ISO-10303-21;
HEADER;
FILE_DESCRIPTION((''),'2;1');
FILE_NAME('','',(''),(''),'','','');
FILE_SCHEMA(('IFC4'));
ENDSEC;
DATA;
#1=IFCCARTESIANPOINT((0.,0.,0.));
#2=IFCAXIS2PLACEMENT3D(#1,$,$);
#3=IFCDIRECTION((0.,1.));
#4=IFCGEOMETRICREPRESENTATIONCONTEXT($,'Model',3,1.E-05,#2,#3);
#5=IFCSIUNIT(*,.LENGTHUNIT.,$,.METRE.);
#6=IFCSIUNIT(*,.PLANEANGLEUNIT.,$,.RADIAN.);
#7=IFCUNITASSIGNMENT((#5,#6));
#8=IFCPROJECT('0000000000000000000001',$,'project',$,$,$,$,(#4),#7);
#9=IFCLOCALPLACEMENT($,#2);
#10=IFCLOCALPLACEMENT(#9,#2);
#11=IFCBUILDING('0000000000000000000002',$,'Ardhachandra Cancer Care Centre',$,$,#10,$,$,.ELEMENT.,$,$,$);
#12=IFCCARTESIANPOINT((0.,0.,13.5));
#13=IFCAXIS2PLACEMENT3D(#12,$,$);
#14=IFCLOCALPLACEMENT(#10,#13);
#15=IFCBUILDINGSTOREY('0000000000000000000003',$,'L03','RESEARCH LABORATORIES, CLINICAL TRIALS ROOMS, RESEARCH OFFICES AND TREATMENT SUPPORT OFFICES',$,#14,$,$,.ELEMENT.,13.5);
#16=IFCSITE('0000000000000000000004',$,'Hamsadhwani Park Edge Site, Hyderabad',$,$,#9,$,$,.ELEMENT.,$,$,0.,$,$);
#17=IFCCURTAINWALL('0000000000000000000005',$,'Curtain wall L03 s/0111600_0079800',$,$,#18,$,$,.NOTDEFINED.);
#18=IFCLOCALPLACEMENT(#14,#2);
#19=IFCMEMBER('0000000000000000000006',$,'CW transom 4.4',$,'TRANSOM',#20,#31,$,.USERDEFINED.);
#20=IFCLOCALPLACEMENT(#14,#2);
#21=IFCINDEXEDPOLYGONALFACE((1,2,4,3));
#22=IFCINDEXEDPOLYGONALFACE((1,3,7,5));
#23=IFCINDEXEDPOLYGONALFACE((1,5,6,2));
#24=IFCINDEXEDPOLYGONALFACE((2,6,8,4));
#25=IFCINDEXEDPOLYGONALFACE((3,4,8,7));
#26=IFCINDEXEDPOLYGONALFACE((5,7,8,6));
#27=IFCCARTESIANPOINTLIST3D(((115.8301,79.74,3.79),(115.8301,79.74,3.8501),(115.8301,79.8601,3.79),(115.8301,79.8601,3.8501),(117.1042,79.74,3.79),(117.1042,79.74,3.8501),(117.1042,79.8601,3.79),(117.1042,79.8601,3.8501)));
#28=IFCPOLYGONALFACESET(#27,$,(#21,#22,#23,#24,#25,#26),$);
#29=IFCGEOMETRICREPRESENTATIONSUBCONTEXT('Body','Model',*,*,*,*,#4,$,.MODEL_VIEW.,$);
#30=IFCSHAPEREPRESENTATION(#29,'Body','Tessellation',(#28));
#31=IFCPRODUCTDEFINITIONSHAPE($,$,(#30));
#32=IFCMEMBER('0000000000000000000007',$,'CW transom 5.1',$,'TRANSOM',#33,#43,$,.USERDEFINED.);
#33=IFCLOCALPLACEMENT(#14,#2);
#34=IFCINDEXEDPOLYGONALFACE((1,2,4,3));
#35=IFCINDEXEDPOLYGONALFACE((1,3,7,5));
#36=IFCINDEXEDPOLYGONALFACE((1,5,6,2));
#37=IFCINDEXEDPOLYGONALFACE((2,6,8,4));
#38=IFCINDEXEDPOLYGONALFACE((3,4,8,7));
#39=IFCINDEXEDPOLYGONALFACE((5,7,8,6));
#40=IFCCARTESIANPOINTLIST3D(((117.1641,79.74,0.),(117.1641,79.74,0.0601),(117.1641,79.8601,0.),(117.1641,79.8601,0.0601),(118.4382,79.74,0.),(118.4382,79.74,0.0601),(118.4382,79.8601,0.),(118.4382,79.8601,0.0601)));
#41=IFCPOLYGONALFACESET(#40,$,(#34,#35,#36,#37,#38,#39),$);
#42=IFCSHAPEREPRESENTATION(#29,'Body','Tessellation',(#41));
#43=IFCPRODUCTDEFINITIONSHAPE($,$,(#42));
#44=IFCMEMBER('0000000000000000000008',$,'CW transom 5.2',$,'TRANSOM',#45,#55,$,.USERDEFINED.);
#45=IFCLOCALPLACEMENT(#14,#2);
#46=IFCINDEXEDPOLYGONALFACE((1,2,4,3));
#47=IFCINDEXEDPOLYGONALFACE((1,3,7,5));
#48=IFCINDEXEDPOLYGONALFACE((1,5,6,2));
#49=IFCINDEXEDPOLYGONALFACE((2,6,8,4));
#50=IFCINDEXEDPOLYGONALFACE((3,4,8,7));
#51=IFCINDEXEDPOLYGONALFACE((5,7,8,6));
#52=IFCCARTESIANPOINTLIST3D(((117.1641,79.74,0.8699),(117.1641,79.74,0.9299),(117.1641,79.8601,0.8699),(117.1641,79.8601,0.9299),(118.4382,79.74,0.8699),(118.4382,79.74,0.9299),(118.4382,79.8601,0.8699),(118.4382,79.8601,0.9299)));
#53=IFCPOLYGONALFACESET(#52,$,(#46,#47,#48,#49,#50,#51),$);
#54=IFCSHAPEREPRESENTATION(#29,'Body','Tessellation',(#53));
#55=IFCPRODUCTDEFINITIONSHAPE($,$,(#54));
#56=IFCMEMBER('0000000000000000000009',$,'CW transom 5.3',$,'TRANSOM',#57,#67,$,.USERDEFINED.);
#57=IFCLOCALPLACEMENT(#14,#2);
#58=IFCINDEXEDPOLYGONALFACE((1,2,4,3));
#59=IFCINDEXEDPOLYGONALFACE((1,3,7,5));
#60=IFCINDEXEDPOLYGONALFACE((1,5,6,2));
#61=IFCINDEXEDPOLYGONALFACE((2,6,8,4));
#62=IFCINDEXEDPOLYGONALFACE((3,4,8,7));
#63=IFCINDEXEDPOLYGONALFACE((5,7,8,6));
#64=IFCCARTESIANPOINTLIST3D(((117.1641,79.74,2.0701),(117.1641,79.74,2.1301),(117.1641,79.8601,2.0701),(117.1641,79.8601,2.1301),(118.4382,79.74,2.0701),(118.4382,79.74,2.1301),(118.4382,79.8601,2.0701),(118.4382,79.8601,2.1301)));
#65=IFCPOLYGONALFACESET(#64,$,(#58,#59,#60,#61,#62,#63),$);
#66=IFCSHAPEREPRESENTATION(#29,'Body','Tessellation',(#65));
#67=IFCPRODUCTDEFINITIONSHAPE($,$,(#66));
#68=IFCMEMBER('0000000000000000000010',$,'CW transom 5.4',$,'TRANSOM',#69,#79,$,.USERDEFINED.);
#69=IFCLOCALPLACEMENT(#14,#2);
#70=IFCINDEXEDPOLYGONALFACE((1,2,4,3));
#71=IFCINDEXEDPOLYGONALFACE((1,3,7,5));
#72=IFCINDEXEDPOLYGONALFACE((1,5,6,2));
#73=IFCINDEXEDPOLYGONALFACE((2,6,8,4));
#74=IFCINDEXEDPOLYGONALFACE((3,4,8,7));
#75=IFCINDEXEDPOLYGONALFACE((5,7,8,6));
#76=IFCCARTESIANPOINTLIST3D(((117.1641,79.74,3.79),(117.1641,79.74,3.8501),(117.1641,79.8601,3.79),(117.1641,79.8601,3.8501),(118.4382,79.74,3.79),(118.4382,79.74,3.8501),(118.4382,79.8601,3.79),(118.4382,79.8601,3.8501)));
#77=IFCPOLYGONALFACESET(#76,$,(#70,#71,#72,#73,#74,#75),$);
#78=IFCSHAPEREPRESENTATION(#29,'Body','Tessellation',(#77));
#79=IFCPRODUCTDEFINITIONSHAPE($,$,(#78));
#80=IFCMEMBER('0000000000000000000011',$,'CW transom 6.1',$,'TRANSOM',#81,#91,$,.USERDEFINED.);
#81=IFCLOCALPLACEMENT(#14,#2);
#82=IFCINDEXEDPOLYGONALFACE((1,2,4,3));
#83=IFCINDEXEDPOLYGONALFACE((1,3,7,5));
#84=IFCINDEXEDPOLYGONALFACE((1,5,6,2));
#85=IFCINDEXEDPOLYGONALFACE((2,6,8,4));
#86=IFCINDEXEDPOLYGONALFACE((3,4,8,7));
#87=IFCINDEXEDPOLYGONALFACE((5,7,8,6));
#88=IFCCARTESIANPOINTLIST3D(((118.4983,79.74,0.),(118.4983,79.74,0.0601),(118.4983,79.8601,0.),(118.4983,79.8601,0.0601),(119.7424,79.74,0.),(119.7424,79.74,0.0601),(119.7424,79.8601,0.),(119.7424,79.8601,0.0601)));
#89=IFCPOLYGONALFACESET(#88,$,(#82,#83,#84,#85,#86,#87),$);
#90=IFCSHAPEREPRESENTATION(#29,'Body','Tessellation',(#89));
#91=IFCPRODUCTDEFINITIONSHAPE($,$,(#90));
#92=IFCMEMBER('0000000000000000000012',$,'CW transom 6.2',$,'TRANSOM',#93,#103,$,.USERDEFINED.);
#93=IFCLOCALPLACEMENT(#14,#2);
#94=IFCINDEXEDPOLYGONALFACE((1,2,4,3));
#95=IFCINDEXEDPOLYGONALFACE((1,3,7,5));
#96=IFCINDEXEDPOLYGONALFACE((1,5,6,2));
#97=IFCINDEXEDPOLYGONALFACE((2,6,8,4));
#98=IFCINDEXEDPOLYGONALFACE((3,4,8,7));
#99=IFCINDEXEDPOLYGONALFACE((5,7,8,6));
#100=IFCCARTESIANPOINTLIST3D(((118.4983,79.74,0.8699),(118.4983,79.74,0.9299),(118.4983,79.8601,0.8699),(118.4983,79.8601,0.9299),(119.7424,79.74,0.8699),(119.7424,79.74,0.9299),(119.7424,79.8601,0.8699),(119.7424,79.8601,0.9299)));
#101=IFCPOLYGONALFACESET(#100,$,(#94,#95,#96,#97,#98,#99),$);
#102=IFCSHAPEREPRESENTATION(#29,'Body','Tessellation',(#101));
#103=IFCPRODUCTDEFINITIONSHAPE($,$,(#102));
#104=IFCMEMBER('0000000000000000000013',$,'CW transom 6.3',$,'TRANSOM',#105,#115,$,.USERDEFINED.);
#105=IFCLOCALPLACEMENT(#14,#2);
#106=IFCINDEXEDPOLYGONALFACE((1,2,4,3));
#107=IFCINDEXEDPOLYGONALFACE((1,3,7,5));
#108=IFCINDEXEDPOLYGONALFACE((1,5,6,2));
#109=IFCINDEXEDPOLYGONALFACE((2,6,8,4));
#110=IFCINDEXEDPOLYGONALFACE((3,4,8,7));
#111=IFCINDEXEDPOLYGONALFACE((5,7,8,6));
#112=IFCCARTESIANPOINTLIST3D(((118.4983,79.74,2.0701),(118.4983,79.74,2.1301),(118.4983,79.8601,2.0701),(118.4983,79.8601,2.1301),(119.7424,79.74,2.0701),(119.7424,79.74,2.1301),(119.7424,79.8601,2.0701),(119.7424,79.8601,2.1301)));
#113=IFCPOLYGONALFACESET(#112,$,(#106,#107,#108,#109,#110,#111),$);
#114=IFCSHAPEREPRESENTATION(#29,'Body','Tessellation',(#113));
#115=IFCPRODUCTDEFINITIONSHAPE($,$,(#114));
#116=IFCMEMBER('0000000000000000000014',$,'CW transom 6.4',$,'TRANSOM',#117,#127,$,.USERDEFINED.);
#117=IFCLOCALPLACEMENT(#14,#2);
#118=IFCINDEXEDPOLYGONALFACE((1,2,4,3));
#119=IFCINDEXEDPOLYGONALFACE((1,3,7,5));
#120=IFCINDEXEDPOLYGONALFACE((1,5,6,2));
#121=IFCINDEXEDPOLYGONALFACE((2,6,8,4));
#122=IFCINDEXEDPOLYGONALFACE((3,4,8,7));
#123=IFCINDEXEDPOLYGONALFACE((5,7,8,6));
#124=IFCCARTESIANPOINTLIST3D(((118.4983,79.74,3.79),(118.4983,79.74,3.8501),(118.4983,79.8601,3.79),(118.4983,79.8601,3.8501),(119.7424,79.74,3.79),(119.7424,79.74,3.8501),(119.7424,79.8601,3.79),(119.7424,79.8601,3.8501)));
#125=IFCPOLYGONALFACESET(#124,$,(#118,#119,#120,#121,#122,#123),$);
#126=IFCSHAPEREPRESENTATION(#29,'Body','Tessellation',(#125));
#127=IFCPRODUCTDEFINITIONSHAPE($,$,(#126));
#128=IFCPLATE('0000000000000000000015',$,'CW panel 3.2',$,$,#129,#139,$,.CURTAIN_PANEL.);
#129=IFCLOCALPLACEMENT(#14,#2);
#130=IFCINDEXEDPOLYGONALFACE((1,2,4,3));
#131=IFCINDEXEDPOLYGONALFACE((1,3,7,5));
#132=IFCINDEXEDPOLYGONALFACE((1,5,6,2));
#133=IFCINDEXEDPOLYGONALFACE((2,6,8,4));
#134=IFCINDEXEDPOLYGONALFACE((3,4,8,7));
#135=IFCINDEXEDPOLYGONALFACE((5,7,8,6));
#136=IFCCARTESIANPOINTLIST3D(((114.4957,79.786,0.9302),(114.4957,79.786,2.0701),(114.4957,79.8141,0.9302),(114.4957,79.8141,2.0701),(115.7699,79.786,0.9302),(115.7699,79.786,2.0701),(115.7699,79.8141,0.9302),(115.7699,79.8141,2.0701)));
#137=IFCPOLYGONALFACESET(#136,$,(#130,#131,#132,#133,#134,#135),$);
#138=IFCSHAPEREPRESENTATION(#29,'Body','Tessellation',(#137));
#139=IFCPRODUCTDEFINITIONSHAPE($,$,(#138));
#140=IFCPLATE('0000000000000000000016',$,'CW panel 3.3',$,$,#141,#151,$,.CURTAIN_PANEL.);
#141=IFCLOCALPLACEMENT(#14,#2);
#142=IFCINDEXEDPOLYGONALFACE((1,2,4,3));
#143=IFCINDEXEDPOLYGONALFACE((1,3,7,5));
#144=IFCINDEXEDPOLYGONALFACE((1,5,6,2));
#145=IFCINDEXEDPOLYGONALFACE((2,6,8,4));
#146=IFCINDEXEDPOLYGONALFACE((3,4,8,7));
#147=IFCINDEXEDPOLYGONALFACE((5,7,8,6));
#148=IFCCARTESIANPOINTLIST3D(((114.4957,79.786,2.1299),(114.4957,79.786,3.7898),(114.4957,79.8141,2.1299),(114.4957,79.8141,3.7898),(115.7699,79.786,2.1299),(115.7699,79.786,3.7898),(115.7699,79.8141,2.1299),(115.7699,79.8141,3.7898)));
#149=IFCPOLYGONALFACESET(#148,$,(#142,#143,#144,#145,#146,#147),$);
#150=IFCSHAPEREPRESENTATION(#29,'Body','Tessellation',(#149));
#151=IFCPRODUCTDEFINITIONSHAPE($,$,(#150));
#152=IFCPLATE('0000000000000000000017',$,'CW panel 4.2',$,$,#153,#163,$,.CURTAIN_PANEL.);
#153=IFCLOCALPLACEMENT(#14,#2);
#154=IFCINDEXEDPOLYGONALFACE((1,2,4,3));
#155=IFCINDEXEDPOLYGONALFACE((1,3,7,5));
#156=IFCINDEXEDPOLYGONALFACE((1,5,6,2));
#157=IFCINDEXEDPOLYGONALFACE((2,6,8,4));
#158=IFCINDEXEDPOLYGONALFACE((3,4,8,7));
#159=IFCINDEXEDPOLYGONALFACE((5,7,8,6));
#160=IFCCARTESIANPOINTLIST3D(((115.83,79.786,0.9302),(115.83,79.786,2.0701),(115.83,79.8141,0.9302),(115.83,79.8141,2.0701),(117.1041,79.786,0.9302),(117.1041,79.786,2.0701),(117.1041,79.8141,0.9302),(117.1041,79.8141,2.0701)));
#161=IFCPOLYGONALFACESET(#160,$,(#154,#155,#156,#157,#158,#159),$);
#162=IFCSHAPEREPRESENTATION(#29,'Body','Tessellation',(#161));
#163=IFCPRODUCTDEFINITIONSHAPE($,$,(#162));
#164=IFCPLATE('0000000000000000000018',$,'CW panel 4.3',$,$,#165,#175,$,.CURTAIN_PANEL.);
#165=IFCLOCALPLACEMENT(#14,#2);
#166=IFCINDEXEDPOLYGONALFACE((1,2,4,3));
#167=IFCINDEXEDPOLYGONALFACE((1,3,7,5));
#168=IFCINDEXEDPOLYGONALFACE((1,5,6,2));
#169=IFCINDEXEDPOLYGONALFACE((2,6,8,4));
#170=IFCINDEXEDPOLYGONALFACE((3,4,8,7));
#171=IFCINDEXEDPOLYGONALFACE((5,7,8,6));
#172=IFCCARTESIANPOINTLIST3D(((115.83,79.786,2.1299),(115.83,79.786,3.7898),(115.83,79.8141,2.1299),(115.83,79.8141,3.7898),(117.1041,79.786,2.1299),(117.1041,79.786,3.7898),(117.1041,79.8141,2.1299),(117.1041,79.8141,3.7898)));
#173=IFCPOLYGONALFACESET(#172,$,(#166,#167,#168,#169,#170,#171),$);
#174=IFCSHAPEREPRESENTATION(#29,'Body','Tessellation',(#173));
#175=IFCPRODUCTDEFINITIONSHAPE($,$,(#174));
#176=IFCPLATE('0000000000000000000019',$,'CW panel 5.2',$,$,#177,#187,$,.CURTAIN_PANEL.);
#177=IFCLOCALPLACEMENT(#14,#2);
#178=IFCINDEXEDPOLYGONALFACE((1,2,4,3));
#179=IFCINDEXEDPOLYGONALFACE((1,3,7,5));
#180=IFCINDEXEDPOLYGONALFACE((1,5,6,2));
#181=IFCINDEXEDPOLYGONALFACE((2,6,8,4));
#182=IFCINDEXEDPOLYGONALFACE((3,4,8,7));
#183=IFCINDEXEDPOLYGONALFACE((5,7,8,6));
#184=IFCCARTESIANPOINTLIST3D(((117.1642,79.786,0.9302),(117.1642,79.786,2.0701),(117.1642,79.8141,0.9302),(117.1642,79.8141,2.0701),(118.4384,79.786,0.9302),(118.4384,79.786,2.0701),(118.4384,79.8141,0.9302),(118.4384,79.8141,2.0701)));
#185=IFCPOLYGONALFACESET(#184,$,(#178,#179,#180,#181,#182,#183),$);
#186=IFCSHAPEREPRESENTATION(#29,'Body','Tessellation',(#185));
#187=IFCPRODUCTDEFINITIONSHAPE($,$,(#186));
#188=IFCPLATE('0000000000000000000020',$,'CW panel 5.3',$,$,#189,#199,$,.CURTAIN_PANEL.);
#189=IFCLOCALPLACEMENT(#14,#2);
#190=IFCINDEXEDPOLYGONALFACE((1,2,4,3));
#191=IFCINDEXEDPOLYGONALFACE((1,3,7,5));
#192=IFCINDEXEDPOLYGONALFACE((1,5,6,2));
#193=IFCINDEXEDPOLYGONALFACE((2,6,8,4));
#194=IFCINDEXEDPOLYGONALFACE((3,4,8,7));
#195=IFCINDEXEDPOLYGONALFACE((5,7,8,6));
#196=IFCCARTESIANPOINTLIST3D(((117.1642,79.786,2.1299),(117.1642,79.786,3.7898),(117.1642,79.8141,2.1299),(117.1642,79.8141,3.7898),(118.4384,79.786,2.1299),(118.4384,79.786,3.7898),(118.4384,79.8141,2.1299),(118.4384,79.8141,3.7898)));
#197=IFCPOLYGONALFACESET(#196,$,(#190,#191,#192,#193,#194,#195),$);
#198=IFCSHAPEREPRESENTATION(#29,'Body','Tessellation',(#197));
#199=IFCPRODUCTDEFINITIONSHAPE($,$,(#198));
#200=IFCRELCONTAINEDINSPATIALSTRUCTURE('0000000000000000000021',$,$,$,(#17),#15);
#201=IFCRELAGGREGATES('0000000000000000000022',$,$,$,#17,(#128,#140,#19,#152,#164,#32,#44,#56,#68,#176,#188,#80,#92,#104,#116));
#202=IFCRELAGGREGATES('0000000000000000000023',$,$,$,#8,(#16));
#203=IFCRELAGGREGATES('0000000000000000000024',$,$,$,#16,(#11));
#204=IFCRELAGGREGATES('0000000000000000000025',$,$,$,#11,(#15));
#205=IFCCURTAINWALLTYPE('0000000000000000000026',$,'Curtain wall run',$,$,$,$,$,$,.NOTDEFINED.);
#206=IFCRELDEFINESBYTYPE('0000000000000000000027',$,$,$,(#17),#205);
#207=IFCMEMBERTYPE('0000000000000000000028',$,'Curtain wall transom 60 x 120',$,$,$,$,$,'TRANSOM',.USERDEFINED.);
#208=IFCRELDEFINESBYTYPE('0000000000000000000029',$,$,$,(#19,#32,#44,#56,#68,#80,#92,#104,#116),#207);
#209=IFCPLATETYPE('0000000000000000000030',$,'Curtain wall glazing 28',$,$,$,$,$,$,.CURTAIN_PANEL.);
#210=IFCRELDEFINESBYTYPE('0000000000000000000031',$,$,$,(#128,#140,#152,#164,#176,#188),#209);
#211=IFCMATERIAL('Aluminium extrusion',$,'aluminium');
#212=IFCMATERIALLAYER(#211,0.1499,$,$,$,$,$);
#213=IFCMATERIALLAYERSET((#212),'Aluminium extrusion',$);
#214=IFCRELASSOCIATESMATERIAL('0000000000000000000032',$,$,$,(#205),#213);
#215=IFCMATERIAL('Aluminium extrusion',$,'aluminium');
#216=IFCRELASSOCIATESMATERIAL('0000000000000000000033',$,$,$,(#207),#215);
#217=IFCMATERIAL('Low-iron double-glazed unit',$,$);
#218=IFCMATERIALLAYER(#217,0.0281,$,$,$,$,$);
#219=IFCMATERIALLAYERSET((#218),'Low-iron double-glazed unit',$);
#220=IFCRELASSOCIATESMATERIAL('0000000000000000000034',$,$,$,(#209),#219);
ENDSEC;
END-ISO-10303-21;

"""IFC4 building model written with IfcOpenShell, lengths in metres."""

from ifc_helpers import new_model, si_unit, direction, frame, origin, origin_2d, place, context, subcontext, project, spatial, rectangle, extrude, material, layer, layer_set, material_profile, profile_set, type_object, element, aggregate, save


model = new_model("IFC4")

# Units and contexts
model_context = context("Model", 3, precision=1e-05, world=origin(), true_north=direction((0.0, 1.0)))
body_context = subcontext(model_context, "Body", "Model", "MODEL_VIEW")
ifc_project = project(units=[si_unit("LENGTHUNIT", "METRE"), si_unit("PLANEANGLEUNIT", "RADIAN")], contexts=[model_context])

# Site, building, storey
site_placement = place(None, origin())
site = spatial("IfcSite", under=ifc_project, at=site_placement, Name="Hamsadhwani Park Edge Site, Hyderabad", CompositionType="ELEMENT", RefElevation=0.0)
building_placement = place(site_placement, origin())
building = spatial("IfcBuilding", under=site, at=building_placement, Name="Ardhachandra Cancer Care Centre", CompositionType="ELEMENT")
storey_placement = place(building_placement, frame((0.0, 0.0, 13.5)))
storey = spatial("IfcBuildingStorey", under=building, at=storey_placement, Name="L03", Description="RESEARCH LABORATORIES, CLINICAL TRIALS ROOMS, RESEARCH OFFICES AND TREATMENT SUPPORT OFFICES", CompositionType="ELEMENT", Elevation=13.5)

# Curtain wall, members, plates
ifc_material_1 = material(Name="Aluminium extrusion", Category="aluminium")
ifc_layer_1 = layer(ifc_material_1, 0.1499)
ifc_layer_set_1 = layer_set([ifc_layer_1], Name="Aluminium extrusion")
curtain_wall_type = type_object("IfcCurtainWallType", Name="Curtain wall run", PredefinedType="NOTDEFINED", material=ifc_layer_set_1)
curtain_wall_placement = place(storey_placement, origin())
curtain_wall = element("IfcCurtainWall", 1, at=curtain_wall_placement, inside=storey, type_object=curtain_wall_type, Name="Curtain wall L03 s/0111600_0079800", PredefinedType="NOTDEFINED")
ifc_material_2 = material(Name="Aluminium extrusion", Category="aluminium")
ifc_material_profile_1 = material_profile(ifc_material_2, rectangle(XDim=0.1201, YDim=0.0601, at=origin_2d()), Name="Curtain wall transom 60 x 120")
ifc_profile_set_1 = profile_set([ifc_material_profile_1], Name="Aluminium extrusion")
member_type_1 = type_object("IfcMemberType", Name="Curtain wall transom 60 x 120", ElementType="TRANSOM", PredefinedType="USERDEFINED", material=ifc_profile_set_1)
member_1_placement = place(storey_placement, frame((115.8301, 79.8, 3.8201), z_axis=(1.0, 0.0, 0.0), x_axis=(0.0, 1.0, 0.0)))
member_1 = element("IfcMember", 2, at=member_1_placement, type_object=member_type_1, Name="CW transom 4.4", ObjectType="TRANSOM", PredefinedType="USERDEFINED", context=body_context, shape_type="SweptSolid", body=[
    extrude(rectangle(XDim=0.1201, YDim=0.0601, at=origin_2d()), origin(), (0.0, 0.0, 1.0), 1.2742),
])
member_2_placement = place(storey_placement, frame((117.1641, 79.8, 0.03), z_axis=(1.0, 0.0, 0.0), x_axis=(0.0, 1.0, 0.0)))
member_2 = element("IfcMember", 3, at=member_2_placement, type_object=member_type_1, Name="CW transom 5.1", ObjectType="TRANSOM", PredefinedType="USERDEFINED", context=body_context, shape_type="SweptSolid", body=[
    extrude(rectangle(XDim=0.1201, YDim=0.0601, at=origin_2d()), origin(), (0.0, 0.0, 1.0), 1.2742),
])
member_3_placement = place(storey_placement, frame((117.1641, 79.8, 0.8999), z_axis=(1.0, 0.0, 0.0), x_axis=(0.0, 1.0, 0.0)))
member_3 = element("IfcMember", 4, at=member_3_placement, type_object=member_type_1, Name="CW transom 5.2", ObjectType="TRANSOM", PredefinedType="USERDEFINED", context=body_context, shape_type="SweptSolid", body=[
    extrude(rectangle(XDim=0.1201, YDim=0.0601, at=origin_2d()), origin(), (0.0, 0.0, 1.0), 1.2742),
])
member_4_placement = place(storey_placement, frame((117.1641, 79.8, 2.1001), z_axis=(1.0, 0.0, 0.0), x_axis=(0.0, 1.0, 0.0)))
member_4 = element("IfcMember", 5, at=member_4_placement, type_object=member_type_1, Name="CW transom 5.3", ObjectType="TRANSOM", PredefinedType="USERDEFINED", context=body_context, shape_type="SweptSolid", body=[
    extrude(rectangle(XDim=0.1201, YDim=0.0601, at=origin_2d()), origin(), (0.0, 0.0, 1.0), 1.2742),
])
member_5_placement = place(storey_placement, frame((117.1641, 79.8, 3.8201), z_axis=(1.0, 0.0, 0.0), x_axis=(0.0, 1.0, 0.0)))
member_5 = element("IfcMember", 6, at=member_5_placement, type_object=member_type_1, Name="CW transom 5.4", ObjectType="TRANSOM", PredefinedType="USERDEFINED", context=body_context, shape_type="SweptSolid", body=[
    extrude(rectangle(XDim=0.1201, YDim=0.0601, at=origin_2d()), origin(), (0.0, 0.0, 1.0), 1.2742),
])
member_6_placement = place(storey_placement, frame((118.4983, 79.8, 0.03), z_axis=(1.0, 0.0, 0.0), x_axis=(0.0, 1.0, 0.0)))
member_6 = element("IfcMember", 7, at=member_6_placement, type_object=member_type_1, Name="CW transom 6.1", ObjectType="TRANSOM", PredefinedType="USERDEFINED", context=body_context, shape_type="SweptSolid", body=[
    extrude(rectangle(XDim=0.1201, YDim=0.0601, at=origin_2d()), origin(), (0.0, 0.0, 1.0), 1.2441),
])
member_7_placement = place(storey_placement, frame((118.4983, 79.8, 0.8999), z_axis=(1.0, 0.0, 0.0), x_axis=(0.0, 1.0, 0.0)))
member_7 = element("IfcMember", 8, at=member_7_placement, type_object=member_type_1, Name="CW transom 6.2", ObjectType="TRANSOM", PredefinedType="USERDEFINED", context=body_context, shape_type="SweptSolid", body=[
    extrude(rectangle(XDim=0.1201, YDim=0.0601, at=origin_2d()), origin(), (0.0, 0.0, 1.0), 1.2441),
])
member_8_placement = place(storey_placement, frame((118.4983, 79.8, 2.1001), z_axis=(1.0, 0.0, 0.0), x_axis=(0.0, 1.0, 0.0)))
member_8 = element("IfcMember", 9, at=member_8_placement, type_object=member_type_1, Name="CW transom 6.3", ObjectType="TRANSOM", PredefinedType="USERDEFINED", context=body_context, shape_type="SweptSolid", body=[
    extrude(rectangle(XDim=0.1201, YDim=0.0601, at=origin_2d()), origin(), (0.0, 0.0, 1.0), 1.2441),
])
member_9_placement = place(storey_placement, frame((118.4983, 79.8, 3.8201), z_axis=(1.0, 0.0, 0.0), x_axis=(0.0, 1.0, 0.0)))
member_9 = element("IfcMember", 10, at=member_9_placement, type_object=member_type_1, Name="CW transom 6.4", ObjectType="TRANSOM", PredefinedType="USERDEFINED", context=body_context, shape_type="SweptSolid", body=[
    extrude(rectangle(XDim=0.1201, YDim=0.0601, at=origin_2d()), origin(), (0.0, 0.0, 1.0), 1.2441),
])
ifc_material_3 = material(Name="Low-iron double-glazed unit")
ifc_layer_2 = layer(ifc_material_3, 0.0281)
ifc_layer_set_2 = layer_set([ifc_layer_2], Name="Low-iron double-glazed unit")
plate_type_1 = type_object("IfcPlateType", Name="Curtain wall glazing 28", PredefinedType="CURTAIN_PANEL", material=ifc_layer_set_2)
plate_1_placement = place(storey_placement, frame((115.1328, 79.8, 0.9302), z_axis=(0.0, 0.0, 1.0), x_axis=(1.0, 0.0, 0.0)))
plate_1 = element("IfcPlate", 11, at=plate_1_placement, type_object=plate_type_1, Name="CW panel 3.2", PredefinedType="CURTAIN_PANEL", context=body_context, shape_type="SweptSolid", body=[
    extrude(rectangle(XDim=1.2742, YDim=0.0281, at=origin_2d()), origin(), (0.0, 0.0, 1.0), 1.1399),
])
plate_2_placement = place(storey_placement, frame((115.1328, 79.8, 2.1299), z_axis=(0.0, 0.0, 1.0), x_axis=(1.0, 0.0, 0.0)))
plate_2 = element("IfcPlate", 12, at=plate_2_placement, type_object=plate_type_1, Name="CW panel 3.3", PredefinedType="CURTAIN_PANEL", context=body_context, shape_type="SweptSolid", body=[
    extrude(rectangle(XDim=1.2742, YDim=0.0281, at=origin_2d()), origin(), (0.0, 0.0, 1.0), 1.6599),
])
plate_3_placement = place(storey_placement, frame((116.467, 79.8, 0.9302), z_axis=(0.0, 0.0, 1.0), x_axis=(1.0, 0.0, 0.0)))
plate_3 = element("IfcPlate", 13, at=plate_3_placement, type_object=plate_type_1, Name="CW panel 4.2", PredefinedType="CURTAIN_PANEL", context=body_context, shape_type="SweptSolid", body=[
    extrude(rectangle(XDim=1.2742, YDim=0.0281, at=origin_2d()), origin(), (0.0, 0.0, 1.0), 1.1399),
])
plate_4_placement = place(storey_placement, frame((116.467, 79.8, 2.1299), z_axis=(0.0, 0.0, 1.0), x_axis=(1.0, 0.0, 0.0)))
plate_4 = element("IfcPlate", 14, at=plate_4_placement, type_object=plate_type_1, Name="CW panel 4.3", PredefinedType="CURTAIN_PANEL", context=body_context, shape_type="SweptSolid", body=[
    extrude(rectangle(XDim=1.2742, YDim=0.0281, at=origin_2d()), origin(), (0.0, 0.0, 1.0), 1.6599),
])
plate_5_placement = place(storey_placement, frame((117.8013, 79.8, 0.9302), z_axis=(0.0, 0.0, 1.0), x_axis=(1.0, 0.0, 0.0)))
plate_5 = element("IfcPlate", 15, at=plate_5_placement, type_object=plate_type_1, Name="CW panel 5.2", PredefinedType="CURTAIN_PANEL", context=body_context, shape_type="SweptSolid", body=[
    extrude(rectangle(XDim=1.2742, YDim=0.0281, at=origin_2d()), origin(), (0.0, 0.0, 1.0), 1.1399),
])
plate_6_placement = place(storey_placement, frame((117.8013, 79.8, 2.1299), z_axis=(0.0, 0.0, 1.0), x_axis=(1.0, 0.0, 0.0)))
plate_6 = element("IfcPlate", 16, at=plate_6_placement, type_object=plate_type_1, Name="CW panel 5.3", PredefinedType="CURTAIN_PANEL", context=body_context, shape_type="SweptSolid", body=[
    extrude(rectangle(XDim=1.2742, YDim=0.0281, at=origin_2d()), origin(), (0.0, 0.0, 1.0), 1.6599),
])
aggregate(curtain_wall, [plate_1, plate_2, member_1, plate_3, plate_4, member_2, member_3, member_4, member_5, plate_5, plate_6, member_6, member_7, member_8, member_9])

save(model, "model.ifc")
